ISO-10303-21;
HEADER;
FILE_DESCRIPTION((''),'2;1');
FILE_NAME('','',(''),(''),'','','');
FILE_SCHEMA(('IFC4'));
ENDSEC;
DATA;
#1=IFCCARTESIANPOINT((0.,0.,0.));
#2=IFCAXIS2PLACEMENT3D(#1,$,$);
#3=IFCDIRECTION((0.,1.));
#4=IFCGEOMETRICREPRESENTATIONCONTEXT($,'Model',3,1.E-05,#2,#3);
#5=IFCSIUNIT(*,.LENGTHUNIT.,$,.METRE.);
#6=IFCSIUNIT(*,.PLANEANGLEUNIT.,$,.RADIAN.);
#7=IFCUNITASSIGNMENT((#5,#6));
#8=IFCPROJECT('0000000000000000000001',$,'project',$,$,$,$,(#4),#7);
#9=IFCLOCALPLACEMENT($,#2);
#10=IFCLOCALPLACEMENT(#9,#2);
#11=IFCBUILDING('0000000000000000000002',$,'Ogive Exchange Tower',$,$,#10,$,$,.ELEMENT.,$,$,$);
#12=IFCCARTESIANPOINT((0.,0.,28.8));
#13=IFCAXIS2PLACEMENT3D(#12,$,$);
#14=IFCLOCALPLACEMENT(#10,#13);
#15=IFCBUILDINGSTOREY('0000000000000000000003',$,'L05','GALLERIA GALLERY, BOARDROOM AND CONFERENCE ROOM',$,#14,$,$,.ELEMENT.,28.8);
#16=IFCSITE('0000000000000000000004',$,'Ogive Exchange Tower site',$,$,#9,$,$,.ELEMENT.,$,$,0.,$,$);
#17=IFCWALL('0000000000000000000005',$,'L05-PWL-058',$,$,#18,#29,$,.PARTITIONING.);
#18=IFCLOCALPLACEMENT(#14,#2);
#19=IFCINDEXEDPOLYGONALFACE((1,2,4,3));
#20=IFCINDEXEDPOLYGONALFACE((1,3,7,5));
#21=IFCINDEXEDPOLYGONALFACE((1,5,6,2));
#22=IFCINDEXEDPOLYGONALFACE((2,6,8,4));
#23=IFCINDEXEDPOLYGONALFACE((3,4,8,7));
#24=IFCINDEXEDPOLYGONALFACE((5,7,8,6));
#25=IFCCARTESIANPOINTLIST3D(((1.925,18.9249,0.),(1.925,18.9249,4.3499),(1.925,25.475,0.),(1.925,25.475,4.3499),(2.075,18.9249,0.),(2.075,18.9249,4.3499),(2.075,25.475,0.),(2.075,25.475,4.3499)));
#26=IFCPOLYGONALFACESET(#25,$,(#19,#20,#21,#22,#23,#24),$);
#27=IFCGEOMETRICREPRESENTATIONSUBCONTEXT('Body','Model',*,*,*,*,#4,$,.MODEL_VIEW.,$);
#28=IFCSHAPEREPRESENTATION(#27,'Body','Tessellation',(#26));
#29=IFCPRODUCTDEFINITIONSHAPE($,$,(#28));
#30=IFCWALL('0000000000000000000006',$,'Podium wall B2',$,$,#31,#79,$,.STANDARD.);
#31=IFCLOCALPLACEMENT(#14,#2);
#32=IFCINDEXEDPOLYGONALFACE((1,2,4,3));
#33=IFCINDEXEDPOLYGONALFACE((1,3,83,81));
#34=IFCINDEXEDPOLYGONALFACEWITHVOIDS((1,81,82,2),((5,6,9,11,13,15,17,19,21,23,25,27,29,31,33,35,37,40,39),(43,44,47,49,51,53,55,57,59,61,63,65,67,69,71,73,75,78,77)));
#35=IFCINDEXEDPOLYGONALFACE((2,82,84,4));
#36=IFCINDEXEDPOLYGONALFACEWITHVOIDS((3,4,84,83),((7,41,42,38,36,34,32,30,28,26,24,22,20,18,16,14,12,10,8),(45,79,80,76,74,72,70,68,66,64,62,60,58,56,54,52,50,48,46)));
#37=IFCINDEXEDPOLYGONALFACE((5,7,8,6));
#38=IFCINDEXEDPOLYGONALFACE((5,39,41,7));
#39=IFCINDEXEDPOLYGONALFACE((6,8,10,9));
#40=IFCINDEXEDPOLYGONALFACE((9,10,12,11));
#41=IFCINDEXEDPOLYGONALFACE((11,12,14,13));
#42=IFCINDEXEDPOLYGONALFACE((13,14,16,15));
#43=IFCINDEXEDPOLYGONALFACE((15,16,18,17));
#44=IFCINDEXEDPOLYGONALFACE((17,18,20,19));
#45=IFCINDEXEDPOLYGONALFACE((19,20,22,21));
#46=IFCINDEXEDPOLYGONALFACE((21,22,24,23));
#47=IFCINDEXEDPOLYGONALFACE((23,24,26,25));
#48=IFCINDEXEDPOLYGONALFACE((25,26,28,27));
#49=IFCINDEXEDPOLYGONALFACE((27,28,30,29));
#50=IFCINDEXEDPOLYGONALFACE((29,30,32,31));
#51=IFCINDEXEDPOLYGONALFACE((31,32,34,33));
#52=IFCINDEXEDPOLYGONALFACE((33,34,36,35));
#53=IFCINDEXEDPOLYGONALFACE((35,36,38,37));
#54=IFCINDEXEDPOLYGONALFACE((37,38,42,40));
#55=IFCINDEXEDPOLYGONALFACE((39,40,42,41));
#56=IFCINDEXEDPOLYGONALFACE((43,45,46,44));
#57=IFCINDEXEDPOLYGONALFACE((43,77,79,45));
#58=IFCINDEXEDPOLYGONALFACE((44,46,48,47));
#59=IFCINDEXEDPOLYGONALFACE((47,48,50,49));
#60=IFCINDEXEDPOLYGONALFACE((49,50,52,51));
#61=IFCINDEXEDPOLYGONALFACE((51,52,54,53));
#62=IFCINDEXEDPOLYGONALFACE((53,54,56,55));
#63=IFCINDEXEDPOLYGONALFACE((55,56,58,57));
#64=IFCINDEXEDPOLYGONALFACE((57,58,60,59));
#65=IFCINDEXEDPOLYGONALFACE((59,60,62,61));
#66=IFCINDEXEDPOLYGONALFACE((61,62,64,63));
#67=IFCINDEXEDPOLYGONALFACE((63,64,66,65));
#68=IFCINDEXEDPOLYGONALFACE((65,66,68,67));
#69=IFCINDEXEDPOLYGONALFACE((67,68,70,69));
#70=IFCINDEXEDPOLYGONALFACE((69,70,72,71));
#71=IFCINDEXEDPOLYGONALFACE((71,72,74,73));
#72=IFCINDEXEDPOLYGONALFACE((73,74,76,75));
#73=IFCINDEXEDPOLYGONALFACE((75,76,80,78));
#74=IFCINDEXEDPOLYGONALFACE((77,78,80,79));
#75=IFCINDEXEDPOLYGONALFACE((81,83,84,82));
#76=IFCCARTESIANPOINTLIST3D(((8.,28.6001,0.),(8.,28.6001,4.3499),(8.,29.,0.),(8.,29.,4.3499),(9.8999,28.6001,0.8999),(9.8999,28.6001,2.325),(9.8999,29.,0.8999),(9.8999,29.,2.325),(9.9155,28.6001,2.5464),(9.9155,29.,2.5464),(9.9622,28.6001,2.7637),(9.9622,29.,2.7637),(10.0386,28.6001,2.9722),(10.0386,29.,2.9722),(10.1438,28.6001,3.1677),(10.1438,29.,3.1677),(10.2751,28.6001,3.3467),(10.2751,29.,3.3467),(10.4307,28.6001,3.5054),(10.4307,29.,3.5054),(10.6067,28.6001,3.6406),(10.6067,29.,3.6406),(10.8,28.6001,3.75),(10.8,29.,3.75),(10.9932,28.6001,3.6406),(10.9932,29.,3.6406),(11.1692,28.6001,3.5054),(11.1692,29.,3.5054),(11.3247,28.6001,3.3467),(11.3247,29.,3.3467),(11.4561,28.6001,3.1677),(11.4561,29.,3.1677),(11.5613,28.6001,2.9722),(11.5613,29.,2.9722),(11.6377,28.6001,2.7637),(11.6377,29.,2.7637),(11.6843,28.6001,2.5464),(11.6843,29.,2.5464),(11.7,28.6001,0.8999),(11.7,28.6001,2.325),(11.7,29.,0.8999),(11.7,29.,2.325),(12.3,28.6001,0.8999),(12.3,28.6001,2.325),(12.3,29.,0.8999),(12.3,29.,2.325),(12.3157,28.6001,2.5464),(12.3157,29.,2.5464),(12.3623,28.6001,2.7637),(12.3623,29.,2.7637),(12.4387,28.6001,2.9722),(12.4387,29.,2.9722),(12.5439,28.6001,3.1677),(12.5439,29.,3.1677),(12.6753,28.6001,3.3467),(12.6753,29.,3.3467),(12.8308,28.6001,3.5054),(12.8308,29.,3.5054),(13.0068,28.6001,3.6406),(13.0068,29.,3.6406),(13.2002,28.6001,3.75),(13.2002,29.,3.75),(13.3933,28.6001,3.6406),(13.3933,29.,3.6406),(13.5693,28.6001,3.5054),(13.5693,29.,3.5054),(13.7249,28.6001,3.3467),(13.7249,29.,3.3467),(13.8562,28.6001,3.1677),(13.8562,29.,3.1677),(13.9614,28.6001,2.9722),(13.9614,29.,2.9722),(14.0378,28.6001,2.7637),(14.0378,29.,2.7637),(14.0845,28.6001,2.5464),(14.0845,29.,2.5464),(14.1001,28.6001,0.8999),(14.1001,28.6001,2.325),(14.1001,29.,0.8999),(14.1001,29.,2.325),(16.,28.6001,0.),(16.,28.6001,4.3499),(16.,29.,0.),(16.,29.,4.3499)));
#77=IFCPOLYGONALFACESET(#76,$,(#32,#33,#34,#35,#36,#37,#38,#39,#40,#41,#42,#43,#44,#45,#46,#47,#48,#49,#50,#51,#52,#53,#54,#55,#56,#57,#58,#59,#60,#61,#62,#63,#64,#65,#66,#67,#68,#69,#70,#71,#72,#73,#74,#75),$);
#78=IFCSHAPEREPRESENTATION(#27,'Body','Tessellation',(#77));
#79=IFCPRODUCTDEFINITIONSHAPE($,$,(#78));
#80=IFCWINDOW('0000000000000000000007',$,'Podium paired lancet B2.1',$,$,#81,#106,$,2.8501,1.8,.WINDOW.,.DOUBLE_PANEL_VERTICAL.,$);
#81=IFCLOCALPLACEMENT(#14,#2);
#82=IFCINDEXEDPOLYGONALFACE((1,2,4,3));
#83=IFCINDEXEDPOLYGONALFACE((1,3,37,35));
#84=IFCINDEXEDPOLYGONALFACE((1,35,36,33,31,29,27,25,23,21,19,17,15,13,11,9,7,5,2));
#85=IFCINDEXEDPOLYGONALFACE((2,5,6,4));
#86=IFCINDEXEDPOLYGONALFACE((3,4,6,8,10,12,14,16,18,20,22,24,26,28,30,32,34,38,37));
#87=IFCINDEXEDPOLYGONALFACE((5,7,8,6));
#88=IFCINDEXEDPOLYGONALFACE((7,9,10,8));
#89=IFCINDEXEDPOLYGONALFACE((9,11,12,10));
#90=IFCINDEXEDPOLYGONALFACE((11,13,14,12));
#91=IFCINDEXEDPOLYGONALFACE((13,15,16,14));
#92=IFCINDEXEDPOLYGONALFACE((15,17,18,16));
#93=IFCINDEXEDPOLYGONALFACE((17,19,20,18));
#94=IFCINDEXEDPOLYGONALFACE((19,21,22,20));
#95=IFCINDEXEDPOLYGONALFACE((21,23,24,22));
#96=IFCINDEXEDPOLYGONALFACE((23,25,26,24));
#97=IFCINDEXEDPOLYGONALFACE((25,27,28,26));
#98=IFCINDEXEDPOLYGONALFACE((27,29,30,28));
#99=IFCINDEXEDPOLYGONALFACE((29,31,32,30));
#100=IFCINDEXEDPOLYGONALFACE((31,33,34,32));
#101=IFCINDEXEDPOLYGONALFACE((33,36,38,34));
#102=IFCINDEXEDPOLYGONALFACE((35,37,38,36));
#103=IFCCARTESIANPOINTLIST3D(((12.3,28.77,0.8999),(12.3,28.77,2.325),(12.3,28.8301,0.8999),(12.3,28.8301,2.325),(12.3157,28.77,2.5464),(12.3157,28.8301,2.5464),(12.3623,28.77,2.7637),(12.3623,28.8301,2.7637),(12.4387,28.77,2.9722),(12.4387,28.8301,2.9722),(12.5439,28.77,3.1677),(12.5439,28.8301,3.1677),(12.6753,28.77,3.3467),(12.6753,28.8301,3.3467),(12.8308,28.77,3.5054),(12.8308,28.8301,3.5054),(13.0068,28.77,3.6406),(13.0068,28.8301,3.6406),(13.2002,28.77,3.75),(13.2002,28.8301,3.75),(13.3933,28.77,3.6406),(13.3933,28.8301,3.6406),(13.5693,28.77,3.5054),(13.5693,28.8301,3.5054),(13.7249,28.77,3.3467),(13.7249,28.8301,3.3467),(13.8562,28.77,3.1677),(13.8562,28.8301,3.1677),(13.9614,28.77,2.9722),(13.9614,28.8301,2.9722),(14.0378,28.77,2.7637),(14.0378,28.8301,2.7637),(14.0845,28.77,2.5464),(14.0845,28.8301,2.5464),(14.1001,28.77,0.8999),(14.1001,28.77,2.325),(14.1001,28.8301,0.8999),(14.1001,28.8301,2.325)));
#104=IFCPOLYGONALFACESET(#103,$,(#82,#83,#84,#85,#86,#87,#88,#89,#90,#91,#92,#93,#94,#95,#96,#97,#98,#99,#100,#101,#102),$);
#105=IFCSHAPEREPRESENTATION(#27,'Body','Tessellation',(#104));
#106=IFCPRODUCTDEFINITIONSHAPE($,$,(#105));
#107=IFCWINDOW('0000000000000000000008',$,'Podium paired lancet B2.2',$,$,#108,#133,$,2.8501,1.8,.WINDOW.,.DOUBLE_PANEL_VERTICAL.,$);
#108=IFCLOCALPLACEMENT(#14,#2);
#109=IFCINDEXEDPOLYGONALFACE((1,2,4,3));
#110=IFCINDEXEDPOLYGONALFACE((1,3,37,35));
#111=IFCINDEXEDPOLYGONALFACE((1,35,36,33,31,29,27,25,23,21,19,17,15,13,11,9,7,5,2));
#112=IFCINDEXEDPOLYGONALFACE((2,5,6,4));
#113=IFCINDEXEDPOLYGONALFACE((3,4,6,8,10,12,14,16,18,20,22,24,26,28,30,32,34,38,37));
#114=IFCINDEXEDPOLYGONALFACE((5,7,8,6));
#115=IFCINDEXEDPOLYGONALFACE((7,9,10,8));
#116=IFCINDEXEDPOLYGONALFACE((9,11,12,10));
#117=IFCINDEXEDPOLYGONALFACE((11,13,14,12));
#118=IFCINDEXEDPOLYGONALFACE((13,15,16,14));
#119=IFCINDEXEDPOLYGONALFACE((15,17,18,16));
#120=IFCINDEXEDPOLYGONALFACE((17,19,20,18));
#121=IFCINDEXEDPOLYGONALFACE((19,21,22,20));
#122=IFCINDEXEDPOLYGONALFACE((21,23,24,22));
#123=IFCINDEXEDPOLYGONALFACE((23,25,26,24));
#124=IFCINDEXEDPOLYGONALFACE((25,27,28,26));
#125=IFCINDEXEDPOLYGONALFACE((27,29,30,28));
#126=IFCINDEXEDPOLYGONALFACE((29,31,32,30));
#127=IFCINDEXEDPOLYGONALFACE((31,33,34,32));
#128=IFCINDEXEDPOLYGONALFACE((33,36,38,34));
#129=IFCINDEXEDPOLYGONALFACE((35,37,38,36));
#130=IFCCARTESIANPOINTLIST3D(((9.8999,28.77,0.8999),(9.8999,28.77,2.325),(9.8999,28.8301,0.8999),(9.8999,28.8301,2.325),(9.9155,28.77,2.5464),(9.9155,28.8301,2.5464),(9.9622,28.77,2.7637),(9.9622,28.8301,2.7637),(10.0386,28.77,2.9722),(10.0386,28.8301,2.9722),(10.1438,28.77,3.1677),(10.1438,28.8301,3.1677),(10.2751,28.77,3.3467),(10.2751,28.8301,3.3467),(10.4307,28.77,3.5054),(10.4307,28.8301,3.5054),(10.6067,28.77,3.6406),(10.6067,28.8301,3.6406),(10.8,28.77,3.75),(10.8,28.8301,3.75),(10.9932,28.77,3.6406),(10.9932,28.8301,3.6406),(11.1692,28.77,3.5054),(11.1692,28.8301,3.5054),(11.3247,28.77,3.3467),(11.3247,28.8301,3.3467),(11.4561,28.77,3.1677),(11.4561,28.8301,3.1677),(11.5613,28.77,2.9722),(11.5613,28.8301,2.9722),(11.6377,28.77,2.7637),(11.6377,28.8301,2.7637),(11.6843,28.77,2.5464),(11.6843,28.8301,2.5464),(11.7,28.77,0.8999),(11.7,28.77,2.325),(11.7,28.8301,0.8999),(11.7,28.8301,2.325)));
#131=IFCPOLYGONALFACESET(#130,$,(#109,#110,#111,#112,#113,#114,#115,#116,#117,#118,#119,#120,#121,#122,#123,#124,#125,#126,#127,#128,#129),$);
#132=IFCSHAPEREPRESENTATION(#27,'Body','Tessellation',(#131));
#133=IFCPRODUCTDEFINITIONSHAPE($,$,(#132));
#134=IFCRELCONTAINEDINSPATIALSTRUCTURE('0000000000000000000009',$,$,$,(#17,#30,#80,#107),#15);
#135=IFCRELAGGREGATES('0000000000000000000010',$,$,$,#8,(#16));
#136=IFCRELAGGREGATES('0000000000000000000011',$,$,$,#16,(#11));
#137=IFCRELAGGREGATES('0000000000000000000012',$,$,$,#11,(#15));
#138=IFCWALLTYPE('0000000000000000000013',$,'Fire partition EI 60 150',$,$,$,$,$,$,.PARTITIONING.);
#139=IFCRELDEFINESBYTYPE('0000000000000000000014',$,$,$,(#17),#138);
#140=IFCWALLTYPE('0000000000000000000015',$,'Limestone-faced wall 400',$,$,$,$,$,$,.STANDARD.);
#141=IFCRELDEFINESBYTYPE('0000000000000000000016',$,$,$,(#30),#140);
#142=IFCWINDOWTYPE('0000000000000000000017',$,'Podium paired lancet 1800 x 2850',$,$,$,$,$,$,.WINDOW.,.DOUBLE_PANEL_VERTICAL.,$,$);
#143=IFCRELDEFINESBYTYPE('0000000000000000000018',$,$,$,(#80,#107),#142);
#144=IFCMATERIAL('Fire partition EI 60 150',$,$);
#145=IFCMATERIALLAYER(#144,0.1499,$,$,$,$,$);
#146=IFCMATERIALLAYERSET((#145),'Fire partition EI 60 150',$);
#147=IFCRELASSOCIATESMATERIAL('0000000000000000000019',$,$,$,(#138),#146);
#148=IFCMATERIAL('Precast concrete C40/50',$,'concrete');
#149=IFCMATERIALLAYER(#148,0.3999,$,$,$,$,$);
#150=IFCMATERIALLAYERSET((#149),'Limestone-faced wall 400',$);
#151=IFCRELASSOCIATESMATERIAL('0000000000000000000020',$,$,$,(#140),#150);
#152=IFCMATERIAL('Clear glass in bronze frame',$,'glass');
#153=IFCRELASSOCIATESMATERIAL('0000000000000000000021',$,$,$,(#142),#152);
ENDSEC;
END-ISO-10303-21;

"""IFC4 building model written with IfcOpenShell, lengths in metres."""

from ifc_helpers import new_model, si_unit, direction, frame, frame_2d, origin, place, context, subcontext, project, spatial, polyline, rectangle, outline, extrude, material, layer, layer_set, type_object, element, fill, save


model = new_model("IFC4")

# Units and contexts
model_context = context("Model", 3, precision=1e-05, world=origin(), true_north=direction((0.0, 1.0)))
body_context = subcontext(model_context, "Body", "Model", "MODEL_VIEW")
ifc_project = project(units=[si_unit("LENGTHUNIT", "METRE"), si_unit("PLANEANGLEUNIT", "RADIAN")], contexts=[model_context])

# Site, building, storey
site_placement = place(None, origin())
site = spatial("IfcSite", under=ifc_project, at=site_placement, Name="Ogive Exchange Tower site", CompositionType="ELEMENT", RefElevation=0.0)
building_placement = place(site_placement, origin())
building = spatial("IfcBuilding", under=site, at=building_placement, Name="Ogive Exchange Tower", CompositionType="ELEMENT")
storey_placement = place(building_placement, frame((0.0, 0.0, 28.8)))
storey = spatial("IfcBuildingStorey", under=building, at=storey_placement, Name="L05", Description="GALLERIA GALLERY, BOARDROOM AND CONFERENCE ROOM", CompositionType="ELEMENT", Elevation=28.8)

# Shared definitions
ifc_material_1 = material(Name="Fire partition EI 60 150")
ifc_layer_1 = layer(ifc_material_1, 0.1499)
ifc_layer_set_1 = layer_set([ifc_layer_1], Name="Fire partition EI 60 150")
wall_type_1 = type_object("IfcWallType", Name="Fire partition EI 60 150", PredefinedType="PARTITIONING", material=ifc_layer_set_1)

# Wall
wall_1_placement = place(storey_placement, frame((2.0, 18.925, 0.0), z_axis=(0.0, 0.0, 1.0), x_axis=(0.0, 1.0, 0.0)))
element("IfcWall", 1, at=wall_1_placement, inside=storey, type_object=wall_type_1, Name="L05-PWL-058", PredefinedType="PARTITIONING", context=body_context, shape_type="SweptSolid", body=[
    extrude(rectangle(XDim=6.55, YDim=0.1499, at=frame_2d((3.2749, 0.0))), origin(), (0.0, 0.0, 1.0), 4.3499),
])

# Wall, openings, windows
ifc_material_2 = material(Name="Precast concrete C40/50", Category="concrete")
ifc_layer_2 = layer(ifc_material_2, 0.3999)
ifc_layer_set_2 = layer_set([ifc_layer_2], Name="Limestone-faced wall 400")
wall_type_2 = type_object("IfcWallType", Name="Limestone-faced wall 400", PredefinedType="STANDARD", material=ifc_layer_set_2)
wall_2_placement = place(storey_placement, frame((16.0, 28.8, 0.0), z_axis=(0.0, 0.0, 1.0), x_axis=(-1.0, 0.0, 0.0)))
wall_2 = element("IfcWall", 2, at=wall_2_placement, inside=storey, type_object=wall_type_2, Name="Podium wall B2", PredefinedType="STANDARD", context=body_context, shape_type="SweptSolid", body=[
    extrude(rectangle(XDim=8.0, YDim=0.3999, at=frame_2d((4.0, 0.0))), origin(), (0.0, 0.0, 1.0), 4.3499),
])
opening_1_placement = place(wall_2_placement, frame((1.8999, 0.0, 0.8999)))
opening_1 = element("IfcOpeningElement", 3, at=opening_1_placement, cuts=wall_2, PredefinedType="OPENING", context=body_context, shape_type="SweptSolid", body=[
    extrude(outline(polyline([(0.0, 0.0), (1.8, 0.0), (1.8, 1.425), (1.7844, 1.6465), (1.7378, 1.8638), (1.6614, 2.0723), (1.5562, 2.2678), (1.4248, 2.4468), (1.2693, 2.6055), (1.0933, 2.7407), (0.8999, 2.8501), (0.7068, 2.7407), (0.5308, 2.6055), (0.3752, 2.4468), (0.2439, 2.2678), (0.1387, 2.0723), (0.0623, 1.8638), (0.0156, 1.6465), (0.0, 1.425), (0.0, 0.0)])), frame((0.0, 0.21, 0.0), z_axis=(0.0, -1.0, 0.0), x_axis=(1.0, 0.0, 0.0)), (0.0, 0.0, 1.0), 0.4199),
])
opening_2_placement = place(wall_2_placement, frame((4.3, 0.0, 0.8999)))
opening_2 = element("IfcOpeningElement", 4, at=opening_2_placement, cuts=wall_2, PredefinedType="OPENING", context=body_context, shape_type="SweptSolid", body=[
    extrude(outline(polyline([(0.0, 0.0), (1.8, 0.0), (1.8, 1.425), (1.7844, 1.6465), (1.7378, 1.8638), (1.6614, 2.0723), (1.5562, 2.2678), (1.4248, 2.4468), (1.2693, 2.6055), (1.0933, 2.7407), (0.8999, 2.8501), (0.7068, 2.7407), (0.5308, 2.6055), (0.3752, 2.4468), (0.2439, 2.2678), (0.1387, 2.0723), (0.0623, 1.8638), (0.0156, 1.6465), (0.0, 1.425), (0.0, 0.0)])), frame((0.0, 0.21, 0.0), z_axis=(0.0, -1.0, 0.0), x_axis=(1.0, 0.0, 0.0)), (0.0, 0.0, 1.0), 0.4199),
])
ifc_material_3 = material(Name="Clear glass in bronze frame", Category="glass")
window_type = type_object("IfcWindowType", Name="Podium paired lancet 1800 x 2850", PartitioningType="DOUBLE_PANEL_VERTICAL", PredefinedType="WINDOW", material=ifc_material_3)
window_1_placement = place(opening_1_placement, origin())
window_1 = element("IfcWindow", 5, at=window_1_placement, inside=storey, type_object=window_type, Name="Podium paired lancet B2.1", OverallHeight=2.8501, OverallWidth=1.8, PartitioningType="DOUBLE_PANEL_VERTICAL", PredefinedType="WINDOW", context=body_context, shape_type="SweptSolid", body=[
    extrude(outline(polyline([(0.0, 0.0), (1.8, 0.0), (1.8, 1.425), (1.7844, 1.6465), (1.7378, 1.8638), (1.6614, 2.0723), (1.5562, 2.2678), (1.4248, 2.4468), (1.2693, 2.6055), (1.0933, 2.7407), (0.8999, 2.8501), (0.7068, 2.7407), (0.5308, 2.6055), (0.3752, 2.4468), (0.2439, 2.2678), (0.1387, 2.0723), (0.0623, 1.8638), (0.0156, 1.6465), (0.0, 1.425), (0.0, 0.0)])), frame((0.0, 0.03, 0.0), z_axis=(0.0, -1.0, 0.0), x_axis=(1.0, 0.0, 0.0)), (0.0, 0.0, 1.0), 0.0601),
])
fill(opening_1, window_1)
window_2_placement = place(opening_2_placement, origin())
window_2 = element("IfcWindow", 6, at=window_2_placement, inside=storey, type_object=window_type, Name="Podium paired lancet B2.2", OverallHeight=2.8501, OverallWidth=1.8, PartitioningType="DOUBLE_PANEL_VERTICAL", PredefinedType="WINDOW", context=body_context, shape_type="SweptSolid", body=[
    extrude(outline(polyline([(0.0, 0.0), (1.8, 0.0), (1.8, 1.425), (1.7844, 1.6465), (1.7378, 1.8638), (1.6614, 2.0723), (1.5562, 2.2678), (1.4248, 2.4468), (1.2693, 2.6055), (1.0933, 2.7407), (0.8999, 2.8501), (0.7068, 2.7407), (0.5308, 2.6055), (0.3752, 2.4468), (0.2439, 2.2678), (0.1387, 2.0723), (0.0623, 1.8638), (0.0156, 1.6465), (0.0, 1.425), (0.0, 0.0)])), frame((0.0, 0.03, 0.0), z_axis=(0.0, -1.0, 0.0), x_axis=(1.0, 0.0, 0.0)), (0.0, 0.0, 1.0), 0.0601),
])
fill(opening_2, window_2)

save(model, "model.ifc")
